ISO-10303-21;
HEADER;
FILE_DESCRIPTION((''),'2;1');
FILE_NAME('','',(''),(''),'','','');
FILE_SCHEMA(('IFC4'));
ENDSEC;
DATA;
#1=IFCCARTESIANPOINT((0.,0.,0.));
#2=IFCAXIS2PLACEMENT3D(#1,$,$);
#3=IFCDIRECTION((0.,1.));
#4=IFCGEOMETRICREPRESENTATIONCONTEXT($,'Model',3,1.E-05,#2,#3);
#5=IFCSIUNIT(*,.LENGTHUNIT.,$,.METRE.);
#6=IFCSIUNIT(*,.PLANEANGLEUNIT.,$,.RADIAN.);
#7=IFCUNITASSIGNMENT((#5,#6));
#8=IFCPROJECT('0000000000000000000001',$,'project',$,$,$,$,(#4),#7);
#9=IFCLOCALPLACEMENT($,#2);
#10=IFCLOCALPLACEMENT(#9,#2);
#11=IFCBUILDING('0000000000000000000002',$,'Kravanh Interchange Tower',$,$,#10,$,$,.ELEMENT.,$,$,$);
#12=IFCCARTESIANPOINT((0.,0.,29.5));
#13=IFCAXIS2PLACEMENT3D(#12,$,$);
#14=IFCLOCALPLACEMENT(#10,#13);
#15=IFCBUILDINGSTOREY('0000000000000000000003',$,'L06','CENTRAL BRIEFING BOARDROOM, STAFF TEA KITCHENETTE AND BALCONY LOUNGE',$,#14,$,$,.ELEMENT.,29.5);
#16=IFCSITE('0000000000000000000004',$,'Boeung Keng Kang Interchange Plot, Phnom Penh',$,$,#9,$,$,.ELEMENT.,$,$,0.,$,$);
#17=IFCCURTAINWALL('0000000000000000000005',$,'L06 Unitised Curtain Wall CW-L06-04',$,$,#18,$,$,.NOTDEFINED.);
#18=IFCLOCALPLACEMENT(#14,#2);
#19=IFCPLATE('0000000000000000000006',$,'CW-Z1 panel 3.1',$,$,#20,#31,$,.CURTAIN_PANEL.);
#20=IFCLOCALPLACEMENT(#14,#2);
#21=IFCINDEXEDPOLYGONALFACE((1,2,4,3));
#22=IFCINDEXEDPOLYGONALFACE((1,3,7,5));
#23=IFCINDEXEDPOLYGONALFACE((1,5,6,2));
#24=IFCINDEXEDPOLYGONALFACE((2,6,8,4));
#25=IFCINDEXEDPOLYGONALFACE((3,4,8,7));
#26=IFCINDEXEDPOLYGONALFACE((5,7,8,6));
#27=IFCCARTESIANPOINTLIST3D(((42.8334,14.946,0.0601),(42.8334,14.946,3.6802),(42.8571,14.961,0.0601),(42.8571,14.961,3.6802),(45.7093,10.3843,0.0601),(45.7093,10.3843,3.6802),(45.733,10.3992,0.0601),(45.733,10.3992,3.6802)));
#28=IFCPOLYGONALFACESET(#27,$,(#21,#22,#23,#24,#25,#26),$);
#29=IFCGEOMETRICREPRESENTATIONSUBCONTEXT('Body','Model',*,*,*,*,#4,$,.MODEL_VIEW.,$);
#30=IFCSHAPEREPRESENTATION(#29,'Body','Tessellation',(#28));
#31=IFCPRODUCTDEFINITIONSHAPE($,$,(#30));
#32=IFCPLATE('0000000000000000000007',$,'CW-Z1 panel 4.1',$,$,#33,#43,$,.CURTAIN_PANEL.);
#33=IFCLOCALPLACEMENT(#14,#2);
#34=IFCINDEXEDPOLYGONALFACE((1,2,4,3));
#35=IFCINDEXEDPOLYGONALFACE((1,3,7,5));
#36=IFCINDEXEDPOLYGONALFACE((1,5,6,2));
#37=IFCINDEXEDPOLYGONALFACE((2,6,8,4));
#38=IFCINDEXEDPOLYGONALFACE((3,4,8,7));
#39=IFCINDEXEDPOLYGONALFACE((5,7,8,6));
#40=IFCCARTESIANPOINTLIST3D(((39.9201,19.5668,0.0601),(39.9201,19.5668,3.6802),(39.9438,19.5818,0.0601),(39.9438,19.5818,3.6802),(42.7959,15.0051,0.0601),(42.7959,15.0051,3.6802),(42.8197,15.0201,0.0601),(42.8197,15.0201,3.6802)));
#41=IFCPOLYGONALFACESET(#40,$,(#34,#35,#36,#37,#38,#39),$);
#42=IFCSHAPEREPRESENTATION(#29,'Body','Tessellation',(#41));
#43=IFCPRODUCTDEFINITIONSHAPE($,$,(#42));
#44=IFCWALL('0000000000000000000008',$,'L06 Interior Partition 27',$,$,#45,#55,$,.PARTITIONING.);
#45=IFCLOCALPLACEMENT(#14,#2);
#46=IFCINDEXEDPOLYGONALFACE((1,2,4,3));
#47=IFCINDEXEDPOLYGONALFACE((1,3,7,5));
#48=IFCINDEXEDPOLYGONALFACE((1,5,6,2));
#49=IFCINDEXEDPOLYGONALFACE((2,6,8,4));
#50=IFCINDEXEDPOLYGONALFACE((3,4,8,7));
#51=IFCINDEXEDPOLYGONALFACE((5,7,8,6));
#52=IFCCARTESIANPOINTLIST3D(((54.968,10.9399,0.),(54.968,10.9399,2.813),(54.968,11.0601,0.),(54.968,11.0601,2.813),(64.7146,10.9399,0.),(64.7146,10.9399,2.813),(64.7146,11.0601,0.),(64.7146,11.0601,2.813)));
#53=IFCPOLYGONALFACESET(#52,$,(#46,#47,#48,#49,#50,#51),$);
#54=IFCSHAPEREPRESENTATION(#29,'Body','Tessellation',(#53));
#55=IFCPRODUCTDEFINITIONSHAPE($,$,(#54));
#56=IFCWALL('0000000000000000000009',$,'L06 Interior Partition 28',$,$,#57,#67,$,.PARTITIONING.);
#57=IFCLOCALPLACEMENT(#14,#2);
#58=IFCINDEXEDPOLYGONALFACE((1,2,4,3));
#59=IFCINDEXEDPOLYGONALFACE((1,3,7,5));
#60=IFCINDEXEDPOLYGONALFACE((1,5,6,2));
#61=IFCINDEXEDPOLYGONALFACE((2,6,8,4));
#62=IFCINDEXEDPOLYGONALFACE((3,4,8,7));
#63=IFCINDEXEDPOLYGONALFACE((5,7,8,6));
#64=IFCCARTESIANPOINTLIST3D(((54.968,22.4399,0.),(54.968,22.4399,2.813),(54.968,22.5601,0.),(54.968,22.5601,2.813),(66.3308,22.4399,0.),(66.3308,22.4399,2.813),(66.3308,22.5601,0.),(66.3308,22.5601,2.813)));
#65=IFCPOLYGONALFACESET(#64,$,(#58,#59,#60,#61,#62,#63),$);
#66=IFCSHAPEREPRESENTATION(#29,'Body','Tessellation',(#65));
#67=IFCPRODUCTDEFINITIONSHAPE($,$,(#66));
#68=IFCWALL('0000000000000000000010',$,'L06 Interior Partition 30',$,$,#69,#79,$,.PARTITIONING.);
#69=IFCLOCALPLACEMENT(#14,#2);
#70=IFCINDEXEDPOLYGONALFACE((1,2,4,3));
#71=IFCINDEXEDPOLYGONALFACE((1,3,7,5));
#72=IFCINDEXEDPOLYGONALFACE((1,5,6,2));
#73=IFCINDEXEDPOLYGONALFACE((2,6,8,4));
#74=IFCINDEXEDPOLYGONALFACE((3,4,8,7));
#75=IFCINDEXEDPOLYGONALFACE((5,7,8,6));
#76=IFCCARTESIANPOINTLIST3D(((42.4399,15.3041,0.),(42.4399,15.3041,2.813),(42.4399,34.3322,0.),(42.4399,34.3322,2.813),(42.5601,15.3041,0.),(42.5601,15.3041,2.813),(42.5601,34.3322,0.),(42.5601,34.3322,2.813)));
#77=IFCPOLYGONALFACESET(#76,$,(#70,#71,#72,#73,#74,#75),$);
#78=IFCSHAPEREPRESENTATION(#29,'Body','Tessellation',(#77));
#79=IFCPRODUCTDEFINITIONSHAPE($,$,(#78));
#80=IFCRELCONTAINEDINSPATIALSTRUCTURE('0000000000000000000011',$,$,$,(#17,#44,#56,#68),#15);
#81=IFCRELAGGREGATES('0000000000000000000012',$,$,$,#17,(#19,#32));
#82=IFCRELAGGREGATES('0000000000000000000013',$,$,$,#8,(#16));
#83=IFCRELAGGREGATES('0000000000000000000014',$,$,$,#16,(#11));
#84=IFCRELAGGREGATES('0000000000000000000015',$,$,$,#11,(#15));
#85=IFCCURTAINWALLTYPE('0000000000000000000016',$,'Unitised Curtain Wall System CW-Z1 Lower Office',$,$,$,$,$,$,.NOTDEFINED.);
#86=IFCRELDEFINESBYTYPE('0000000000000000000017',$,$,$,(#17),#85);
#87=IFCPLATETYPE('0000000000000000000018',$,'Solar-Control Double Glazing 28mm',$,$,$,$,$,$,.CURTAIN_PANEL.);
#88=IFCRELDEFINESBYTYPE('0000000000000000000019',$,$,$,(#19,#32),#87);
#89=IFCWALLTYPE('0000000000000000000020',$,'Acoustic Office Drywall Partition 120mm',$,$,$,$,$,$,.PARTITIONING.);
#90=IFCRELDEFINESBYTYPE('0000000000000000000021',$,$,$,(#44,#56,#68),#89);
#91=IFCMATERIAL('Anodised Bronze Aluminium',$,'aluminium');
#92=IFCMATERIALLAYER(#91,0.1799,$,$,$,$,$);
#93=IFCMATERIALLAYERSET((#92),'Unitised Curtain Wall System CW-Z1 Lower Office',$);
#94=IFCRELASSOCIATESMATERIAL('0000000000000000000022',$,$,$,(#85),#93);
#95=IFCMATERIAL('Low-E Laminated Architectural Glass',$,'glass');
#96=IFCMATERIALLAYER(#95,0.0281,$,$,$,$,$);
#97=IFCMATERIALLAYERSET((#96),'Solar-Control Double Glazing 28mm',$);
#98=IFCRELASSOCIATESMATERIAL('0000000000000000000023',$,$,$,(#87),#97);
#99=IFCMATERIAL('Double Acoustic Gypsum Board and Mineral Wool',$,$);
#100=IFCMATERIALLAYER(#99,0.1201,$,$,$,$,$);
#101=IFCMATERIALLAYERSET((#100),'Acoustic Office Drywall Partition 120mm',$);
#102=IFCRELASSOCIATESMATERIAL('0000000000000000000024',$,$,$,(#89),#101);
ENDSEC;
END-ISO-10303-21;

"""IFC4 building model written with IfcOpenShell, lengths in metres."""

from ifc_helpers import new_model, si_unit, direction, frame, frame_2d, origin, origin_2d, place, context, subcontext, project, spatial, rectangle, extrude, material, layer, layer_set, type_object, element, aggregate, save


model = new_model("IFC4")

# Units and contexts
model_context = context("Model", 3, precision=1e-05, world=origin(), true_north=direction((0.0, 1.0)))
body_context = subcontext(model_context, "Body", "Model", "MODEL_VIEW")
ifc_project = project(units=[si_unit("LENGTHUNIT", "METRE"), si_unit("PLANEANGLEUNIT", "RADIAN")], contexts=[model_context])

# Site, building, storey
site_placement = place(None, origin())
site = spatial("IfcSite", under=ifc_project, at=site_placement, Name="Boeung Keng Kang Interchange Plot, Phnom Penh", CompositionType="ELEMENT", RefElevation=0.0)
building_placement = place(site_placement, origin())
building = spatial("IfcBuilding", under=site, at=building_placement, Name="Kravanh Interchange Tower", CompositionType="ELEMENT")
storey_placement = place(building_placement, frame((0.0, 0.0, 29.5)))
storey = spatial("IfcBuildingStorey", under=building, at=storey_placement, Name="L06", Description="CENTRAL BRIEFING BOARDROOM, STAFF TEA KITCHENETTE AND BALCONY LOUNGE", CompositionType="ELEMENT", Elevation=29.5)

# Curtain wall
ifc_material_1 = material(Name="Anodised Bronze Aluminium", Category="aluminium")
ifc_layer_1 = layer(ifc_material_1, 0.1799)
ifc_layer_set_1 = layer_set([ifc_layer_1], Name="Unitised Curtain Wall System CW-Z1 Lower Office")
curtain_wall_type = type_object("IfcCurtainWallType", Name="Unitised Curtain Wall System CW-Z1 Lower Office", PredefinedType="NOTDEFINED", material=ifc_layer_set_1)
curtain_wall_placement = place(storey_placement, origin())
curtain_wall = element("IfcCurtainWall", 1, at=curtain_wall_placement, inside=storey, type_object=curtain_wall_type, Name="L06 Unitised Curtain Wall CW-L06-04", PredefinedType="NOTDEFINED")

# Plates
ifc_material_2 = material(Name="Low-E Laminated Architectural Glass", Category="glass")
ifc_layer_2 = layer(ifc_material_2, 0.0281)
ifc_layer_set_2 = layer_set([ifc_layer_2], Name="Solar-Control Double Glazing 28mm")
plate_type = type_object("IfcPlateType", Name="Solar-Control Double Glazing 28mm", PredefinedType="CURTAIN_PANEL", material=ifc_layer_set_2)
plate_1_placement = place(storey_placement, frame((44.2832, 12.6726, 0.0601), z_axis=(0.0, 0.0, 1.0), x_axis=(-0.533301, 0.845926, 0.0)))
plate_1 = element("IfcPlate", 2, at=plate_1_placement, type_object=plate_type, Name="CW-Z1 panel 3.1", PredefinedType="CURTAIN_PANEL", context=body_context, shape_type="SweptSolid", body=[
    extrude(rectangle(XDim=5.3926, YDim=0.0281, at=origin_2d()), origin(), (0.0, 0.0, 1.0), 3.6201),
])
plate_2_placement = place(storey_placement, frame((41.3699, 17.2935, 0.0601), z_axis=(0.0, 0.0, 1.0), x_axis=(-0.533301, 0.845926, 0.0)))
plate_2 = element("IfcPlate", 3, at=plate_2_placement, type_object=plate_type, Name="CW-Z1 panel 4.1", PredefinedType="CURTAIN_PANEL", context=body_context, shape_type="SweptSolid", body=[
    extrude(rectangle(XDim=5.3926, YDim=0.0281, at=origin_2d()), origin(), (0.0, 0.0, 1.0), 3.6201),
])
aggregate(curtain_wall, [plate_1, plate_2])

# Walls
ifc_material_3 = material(Name="Double Acoustic Gypsum Board and Mineral Wool")
ifc_layer_3 = layer(ifc_material_3, 0.1201)
ifc_layer_set_3 = layer_set([ifc_layer_3], Name="Acoustic Office Drywall Partition 120mm")
wall_type = type_object("IfcWallType", Name="Acoustic Office Drywall Partition 120mm", PredefinedType="PARTITIONING", material=ifc_layer_set_3)
wall_1_placement = place(storey_placement, frame((54.968, 11.0, 0.0), z_axis=(0.0, 0.0, 1.0), x_axis=(1.0, 0.0, 0.0)))
element("IfcWall", 4, at=wall_1_placement, inside=storey, type_object=wall_type, Name="L06 Interior Partition 27", PredefinedType="PARTITIONING", context=body_context, shape_type="SweptSolid", body=[
    extrude(rectangle(XDim=9.7466, YDim=0.1201, at=frame_2d((4.8733, 0.0))), origin(), (0.0, 0.0, 1.0), 2.813),
])
wall_2_placement = place(storey_placement, frame((54.968, 22.5, 0.0), z_axis=(0.0, 0.0, 1.0), x_axis=(1.0, 0.0, 0.0)))
element("IfcWall", 5, at=wall_2_placement, inside=storey, type_object=wall_type, Name="L06 Interior Partition 28", PredefinedType="PARTITIONING", context=body_context, shape_type="SweptSolid", body=[
    extrude(rectangle(XDim=11.3628, YDim=0.1201, at=frame_2d((5.6814, 0.0))), origin(), (0.0, 0.0, 1.0), 2.813),
])
wall_3_placement = place(storey_placement, frame((42.5, 15.304, 0.0), z_axis=(0.0, 0.0, 1.0), x_axis=(0.0, 1.0, 0.0)))
element("IfcWall", 6, at=wall_3_placement, inside=storey, type_object=wall_type, Name="L06 Interior Partition 30", PredefinedType="PARTITIONING", context=body_context, shape_type="SweptSolid", body=[
    extrude(rectangle(XDim=19.0281, YDim=0.1201, at=frame_2d((9.5142, 0.0))), origin(), (0.0, 0.0, 1.0), 2.813),
])

save(model, "model.ifc")
